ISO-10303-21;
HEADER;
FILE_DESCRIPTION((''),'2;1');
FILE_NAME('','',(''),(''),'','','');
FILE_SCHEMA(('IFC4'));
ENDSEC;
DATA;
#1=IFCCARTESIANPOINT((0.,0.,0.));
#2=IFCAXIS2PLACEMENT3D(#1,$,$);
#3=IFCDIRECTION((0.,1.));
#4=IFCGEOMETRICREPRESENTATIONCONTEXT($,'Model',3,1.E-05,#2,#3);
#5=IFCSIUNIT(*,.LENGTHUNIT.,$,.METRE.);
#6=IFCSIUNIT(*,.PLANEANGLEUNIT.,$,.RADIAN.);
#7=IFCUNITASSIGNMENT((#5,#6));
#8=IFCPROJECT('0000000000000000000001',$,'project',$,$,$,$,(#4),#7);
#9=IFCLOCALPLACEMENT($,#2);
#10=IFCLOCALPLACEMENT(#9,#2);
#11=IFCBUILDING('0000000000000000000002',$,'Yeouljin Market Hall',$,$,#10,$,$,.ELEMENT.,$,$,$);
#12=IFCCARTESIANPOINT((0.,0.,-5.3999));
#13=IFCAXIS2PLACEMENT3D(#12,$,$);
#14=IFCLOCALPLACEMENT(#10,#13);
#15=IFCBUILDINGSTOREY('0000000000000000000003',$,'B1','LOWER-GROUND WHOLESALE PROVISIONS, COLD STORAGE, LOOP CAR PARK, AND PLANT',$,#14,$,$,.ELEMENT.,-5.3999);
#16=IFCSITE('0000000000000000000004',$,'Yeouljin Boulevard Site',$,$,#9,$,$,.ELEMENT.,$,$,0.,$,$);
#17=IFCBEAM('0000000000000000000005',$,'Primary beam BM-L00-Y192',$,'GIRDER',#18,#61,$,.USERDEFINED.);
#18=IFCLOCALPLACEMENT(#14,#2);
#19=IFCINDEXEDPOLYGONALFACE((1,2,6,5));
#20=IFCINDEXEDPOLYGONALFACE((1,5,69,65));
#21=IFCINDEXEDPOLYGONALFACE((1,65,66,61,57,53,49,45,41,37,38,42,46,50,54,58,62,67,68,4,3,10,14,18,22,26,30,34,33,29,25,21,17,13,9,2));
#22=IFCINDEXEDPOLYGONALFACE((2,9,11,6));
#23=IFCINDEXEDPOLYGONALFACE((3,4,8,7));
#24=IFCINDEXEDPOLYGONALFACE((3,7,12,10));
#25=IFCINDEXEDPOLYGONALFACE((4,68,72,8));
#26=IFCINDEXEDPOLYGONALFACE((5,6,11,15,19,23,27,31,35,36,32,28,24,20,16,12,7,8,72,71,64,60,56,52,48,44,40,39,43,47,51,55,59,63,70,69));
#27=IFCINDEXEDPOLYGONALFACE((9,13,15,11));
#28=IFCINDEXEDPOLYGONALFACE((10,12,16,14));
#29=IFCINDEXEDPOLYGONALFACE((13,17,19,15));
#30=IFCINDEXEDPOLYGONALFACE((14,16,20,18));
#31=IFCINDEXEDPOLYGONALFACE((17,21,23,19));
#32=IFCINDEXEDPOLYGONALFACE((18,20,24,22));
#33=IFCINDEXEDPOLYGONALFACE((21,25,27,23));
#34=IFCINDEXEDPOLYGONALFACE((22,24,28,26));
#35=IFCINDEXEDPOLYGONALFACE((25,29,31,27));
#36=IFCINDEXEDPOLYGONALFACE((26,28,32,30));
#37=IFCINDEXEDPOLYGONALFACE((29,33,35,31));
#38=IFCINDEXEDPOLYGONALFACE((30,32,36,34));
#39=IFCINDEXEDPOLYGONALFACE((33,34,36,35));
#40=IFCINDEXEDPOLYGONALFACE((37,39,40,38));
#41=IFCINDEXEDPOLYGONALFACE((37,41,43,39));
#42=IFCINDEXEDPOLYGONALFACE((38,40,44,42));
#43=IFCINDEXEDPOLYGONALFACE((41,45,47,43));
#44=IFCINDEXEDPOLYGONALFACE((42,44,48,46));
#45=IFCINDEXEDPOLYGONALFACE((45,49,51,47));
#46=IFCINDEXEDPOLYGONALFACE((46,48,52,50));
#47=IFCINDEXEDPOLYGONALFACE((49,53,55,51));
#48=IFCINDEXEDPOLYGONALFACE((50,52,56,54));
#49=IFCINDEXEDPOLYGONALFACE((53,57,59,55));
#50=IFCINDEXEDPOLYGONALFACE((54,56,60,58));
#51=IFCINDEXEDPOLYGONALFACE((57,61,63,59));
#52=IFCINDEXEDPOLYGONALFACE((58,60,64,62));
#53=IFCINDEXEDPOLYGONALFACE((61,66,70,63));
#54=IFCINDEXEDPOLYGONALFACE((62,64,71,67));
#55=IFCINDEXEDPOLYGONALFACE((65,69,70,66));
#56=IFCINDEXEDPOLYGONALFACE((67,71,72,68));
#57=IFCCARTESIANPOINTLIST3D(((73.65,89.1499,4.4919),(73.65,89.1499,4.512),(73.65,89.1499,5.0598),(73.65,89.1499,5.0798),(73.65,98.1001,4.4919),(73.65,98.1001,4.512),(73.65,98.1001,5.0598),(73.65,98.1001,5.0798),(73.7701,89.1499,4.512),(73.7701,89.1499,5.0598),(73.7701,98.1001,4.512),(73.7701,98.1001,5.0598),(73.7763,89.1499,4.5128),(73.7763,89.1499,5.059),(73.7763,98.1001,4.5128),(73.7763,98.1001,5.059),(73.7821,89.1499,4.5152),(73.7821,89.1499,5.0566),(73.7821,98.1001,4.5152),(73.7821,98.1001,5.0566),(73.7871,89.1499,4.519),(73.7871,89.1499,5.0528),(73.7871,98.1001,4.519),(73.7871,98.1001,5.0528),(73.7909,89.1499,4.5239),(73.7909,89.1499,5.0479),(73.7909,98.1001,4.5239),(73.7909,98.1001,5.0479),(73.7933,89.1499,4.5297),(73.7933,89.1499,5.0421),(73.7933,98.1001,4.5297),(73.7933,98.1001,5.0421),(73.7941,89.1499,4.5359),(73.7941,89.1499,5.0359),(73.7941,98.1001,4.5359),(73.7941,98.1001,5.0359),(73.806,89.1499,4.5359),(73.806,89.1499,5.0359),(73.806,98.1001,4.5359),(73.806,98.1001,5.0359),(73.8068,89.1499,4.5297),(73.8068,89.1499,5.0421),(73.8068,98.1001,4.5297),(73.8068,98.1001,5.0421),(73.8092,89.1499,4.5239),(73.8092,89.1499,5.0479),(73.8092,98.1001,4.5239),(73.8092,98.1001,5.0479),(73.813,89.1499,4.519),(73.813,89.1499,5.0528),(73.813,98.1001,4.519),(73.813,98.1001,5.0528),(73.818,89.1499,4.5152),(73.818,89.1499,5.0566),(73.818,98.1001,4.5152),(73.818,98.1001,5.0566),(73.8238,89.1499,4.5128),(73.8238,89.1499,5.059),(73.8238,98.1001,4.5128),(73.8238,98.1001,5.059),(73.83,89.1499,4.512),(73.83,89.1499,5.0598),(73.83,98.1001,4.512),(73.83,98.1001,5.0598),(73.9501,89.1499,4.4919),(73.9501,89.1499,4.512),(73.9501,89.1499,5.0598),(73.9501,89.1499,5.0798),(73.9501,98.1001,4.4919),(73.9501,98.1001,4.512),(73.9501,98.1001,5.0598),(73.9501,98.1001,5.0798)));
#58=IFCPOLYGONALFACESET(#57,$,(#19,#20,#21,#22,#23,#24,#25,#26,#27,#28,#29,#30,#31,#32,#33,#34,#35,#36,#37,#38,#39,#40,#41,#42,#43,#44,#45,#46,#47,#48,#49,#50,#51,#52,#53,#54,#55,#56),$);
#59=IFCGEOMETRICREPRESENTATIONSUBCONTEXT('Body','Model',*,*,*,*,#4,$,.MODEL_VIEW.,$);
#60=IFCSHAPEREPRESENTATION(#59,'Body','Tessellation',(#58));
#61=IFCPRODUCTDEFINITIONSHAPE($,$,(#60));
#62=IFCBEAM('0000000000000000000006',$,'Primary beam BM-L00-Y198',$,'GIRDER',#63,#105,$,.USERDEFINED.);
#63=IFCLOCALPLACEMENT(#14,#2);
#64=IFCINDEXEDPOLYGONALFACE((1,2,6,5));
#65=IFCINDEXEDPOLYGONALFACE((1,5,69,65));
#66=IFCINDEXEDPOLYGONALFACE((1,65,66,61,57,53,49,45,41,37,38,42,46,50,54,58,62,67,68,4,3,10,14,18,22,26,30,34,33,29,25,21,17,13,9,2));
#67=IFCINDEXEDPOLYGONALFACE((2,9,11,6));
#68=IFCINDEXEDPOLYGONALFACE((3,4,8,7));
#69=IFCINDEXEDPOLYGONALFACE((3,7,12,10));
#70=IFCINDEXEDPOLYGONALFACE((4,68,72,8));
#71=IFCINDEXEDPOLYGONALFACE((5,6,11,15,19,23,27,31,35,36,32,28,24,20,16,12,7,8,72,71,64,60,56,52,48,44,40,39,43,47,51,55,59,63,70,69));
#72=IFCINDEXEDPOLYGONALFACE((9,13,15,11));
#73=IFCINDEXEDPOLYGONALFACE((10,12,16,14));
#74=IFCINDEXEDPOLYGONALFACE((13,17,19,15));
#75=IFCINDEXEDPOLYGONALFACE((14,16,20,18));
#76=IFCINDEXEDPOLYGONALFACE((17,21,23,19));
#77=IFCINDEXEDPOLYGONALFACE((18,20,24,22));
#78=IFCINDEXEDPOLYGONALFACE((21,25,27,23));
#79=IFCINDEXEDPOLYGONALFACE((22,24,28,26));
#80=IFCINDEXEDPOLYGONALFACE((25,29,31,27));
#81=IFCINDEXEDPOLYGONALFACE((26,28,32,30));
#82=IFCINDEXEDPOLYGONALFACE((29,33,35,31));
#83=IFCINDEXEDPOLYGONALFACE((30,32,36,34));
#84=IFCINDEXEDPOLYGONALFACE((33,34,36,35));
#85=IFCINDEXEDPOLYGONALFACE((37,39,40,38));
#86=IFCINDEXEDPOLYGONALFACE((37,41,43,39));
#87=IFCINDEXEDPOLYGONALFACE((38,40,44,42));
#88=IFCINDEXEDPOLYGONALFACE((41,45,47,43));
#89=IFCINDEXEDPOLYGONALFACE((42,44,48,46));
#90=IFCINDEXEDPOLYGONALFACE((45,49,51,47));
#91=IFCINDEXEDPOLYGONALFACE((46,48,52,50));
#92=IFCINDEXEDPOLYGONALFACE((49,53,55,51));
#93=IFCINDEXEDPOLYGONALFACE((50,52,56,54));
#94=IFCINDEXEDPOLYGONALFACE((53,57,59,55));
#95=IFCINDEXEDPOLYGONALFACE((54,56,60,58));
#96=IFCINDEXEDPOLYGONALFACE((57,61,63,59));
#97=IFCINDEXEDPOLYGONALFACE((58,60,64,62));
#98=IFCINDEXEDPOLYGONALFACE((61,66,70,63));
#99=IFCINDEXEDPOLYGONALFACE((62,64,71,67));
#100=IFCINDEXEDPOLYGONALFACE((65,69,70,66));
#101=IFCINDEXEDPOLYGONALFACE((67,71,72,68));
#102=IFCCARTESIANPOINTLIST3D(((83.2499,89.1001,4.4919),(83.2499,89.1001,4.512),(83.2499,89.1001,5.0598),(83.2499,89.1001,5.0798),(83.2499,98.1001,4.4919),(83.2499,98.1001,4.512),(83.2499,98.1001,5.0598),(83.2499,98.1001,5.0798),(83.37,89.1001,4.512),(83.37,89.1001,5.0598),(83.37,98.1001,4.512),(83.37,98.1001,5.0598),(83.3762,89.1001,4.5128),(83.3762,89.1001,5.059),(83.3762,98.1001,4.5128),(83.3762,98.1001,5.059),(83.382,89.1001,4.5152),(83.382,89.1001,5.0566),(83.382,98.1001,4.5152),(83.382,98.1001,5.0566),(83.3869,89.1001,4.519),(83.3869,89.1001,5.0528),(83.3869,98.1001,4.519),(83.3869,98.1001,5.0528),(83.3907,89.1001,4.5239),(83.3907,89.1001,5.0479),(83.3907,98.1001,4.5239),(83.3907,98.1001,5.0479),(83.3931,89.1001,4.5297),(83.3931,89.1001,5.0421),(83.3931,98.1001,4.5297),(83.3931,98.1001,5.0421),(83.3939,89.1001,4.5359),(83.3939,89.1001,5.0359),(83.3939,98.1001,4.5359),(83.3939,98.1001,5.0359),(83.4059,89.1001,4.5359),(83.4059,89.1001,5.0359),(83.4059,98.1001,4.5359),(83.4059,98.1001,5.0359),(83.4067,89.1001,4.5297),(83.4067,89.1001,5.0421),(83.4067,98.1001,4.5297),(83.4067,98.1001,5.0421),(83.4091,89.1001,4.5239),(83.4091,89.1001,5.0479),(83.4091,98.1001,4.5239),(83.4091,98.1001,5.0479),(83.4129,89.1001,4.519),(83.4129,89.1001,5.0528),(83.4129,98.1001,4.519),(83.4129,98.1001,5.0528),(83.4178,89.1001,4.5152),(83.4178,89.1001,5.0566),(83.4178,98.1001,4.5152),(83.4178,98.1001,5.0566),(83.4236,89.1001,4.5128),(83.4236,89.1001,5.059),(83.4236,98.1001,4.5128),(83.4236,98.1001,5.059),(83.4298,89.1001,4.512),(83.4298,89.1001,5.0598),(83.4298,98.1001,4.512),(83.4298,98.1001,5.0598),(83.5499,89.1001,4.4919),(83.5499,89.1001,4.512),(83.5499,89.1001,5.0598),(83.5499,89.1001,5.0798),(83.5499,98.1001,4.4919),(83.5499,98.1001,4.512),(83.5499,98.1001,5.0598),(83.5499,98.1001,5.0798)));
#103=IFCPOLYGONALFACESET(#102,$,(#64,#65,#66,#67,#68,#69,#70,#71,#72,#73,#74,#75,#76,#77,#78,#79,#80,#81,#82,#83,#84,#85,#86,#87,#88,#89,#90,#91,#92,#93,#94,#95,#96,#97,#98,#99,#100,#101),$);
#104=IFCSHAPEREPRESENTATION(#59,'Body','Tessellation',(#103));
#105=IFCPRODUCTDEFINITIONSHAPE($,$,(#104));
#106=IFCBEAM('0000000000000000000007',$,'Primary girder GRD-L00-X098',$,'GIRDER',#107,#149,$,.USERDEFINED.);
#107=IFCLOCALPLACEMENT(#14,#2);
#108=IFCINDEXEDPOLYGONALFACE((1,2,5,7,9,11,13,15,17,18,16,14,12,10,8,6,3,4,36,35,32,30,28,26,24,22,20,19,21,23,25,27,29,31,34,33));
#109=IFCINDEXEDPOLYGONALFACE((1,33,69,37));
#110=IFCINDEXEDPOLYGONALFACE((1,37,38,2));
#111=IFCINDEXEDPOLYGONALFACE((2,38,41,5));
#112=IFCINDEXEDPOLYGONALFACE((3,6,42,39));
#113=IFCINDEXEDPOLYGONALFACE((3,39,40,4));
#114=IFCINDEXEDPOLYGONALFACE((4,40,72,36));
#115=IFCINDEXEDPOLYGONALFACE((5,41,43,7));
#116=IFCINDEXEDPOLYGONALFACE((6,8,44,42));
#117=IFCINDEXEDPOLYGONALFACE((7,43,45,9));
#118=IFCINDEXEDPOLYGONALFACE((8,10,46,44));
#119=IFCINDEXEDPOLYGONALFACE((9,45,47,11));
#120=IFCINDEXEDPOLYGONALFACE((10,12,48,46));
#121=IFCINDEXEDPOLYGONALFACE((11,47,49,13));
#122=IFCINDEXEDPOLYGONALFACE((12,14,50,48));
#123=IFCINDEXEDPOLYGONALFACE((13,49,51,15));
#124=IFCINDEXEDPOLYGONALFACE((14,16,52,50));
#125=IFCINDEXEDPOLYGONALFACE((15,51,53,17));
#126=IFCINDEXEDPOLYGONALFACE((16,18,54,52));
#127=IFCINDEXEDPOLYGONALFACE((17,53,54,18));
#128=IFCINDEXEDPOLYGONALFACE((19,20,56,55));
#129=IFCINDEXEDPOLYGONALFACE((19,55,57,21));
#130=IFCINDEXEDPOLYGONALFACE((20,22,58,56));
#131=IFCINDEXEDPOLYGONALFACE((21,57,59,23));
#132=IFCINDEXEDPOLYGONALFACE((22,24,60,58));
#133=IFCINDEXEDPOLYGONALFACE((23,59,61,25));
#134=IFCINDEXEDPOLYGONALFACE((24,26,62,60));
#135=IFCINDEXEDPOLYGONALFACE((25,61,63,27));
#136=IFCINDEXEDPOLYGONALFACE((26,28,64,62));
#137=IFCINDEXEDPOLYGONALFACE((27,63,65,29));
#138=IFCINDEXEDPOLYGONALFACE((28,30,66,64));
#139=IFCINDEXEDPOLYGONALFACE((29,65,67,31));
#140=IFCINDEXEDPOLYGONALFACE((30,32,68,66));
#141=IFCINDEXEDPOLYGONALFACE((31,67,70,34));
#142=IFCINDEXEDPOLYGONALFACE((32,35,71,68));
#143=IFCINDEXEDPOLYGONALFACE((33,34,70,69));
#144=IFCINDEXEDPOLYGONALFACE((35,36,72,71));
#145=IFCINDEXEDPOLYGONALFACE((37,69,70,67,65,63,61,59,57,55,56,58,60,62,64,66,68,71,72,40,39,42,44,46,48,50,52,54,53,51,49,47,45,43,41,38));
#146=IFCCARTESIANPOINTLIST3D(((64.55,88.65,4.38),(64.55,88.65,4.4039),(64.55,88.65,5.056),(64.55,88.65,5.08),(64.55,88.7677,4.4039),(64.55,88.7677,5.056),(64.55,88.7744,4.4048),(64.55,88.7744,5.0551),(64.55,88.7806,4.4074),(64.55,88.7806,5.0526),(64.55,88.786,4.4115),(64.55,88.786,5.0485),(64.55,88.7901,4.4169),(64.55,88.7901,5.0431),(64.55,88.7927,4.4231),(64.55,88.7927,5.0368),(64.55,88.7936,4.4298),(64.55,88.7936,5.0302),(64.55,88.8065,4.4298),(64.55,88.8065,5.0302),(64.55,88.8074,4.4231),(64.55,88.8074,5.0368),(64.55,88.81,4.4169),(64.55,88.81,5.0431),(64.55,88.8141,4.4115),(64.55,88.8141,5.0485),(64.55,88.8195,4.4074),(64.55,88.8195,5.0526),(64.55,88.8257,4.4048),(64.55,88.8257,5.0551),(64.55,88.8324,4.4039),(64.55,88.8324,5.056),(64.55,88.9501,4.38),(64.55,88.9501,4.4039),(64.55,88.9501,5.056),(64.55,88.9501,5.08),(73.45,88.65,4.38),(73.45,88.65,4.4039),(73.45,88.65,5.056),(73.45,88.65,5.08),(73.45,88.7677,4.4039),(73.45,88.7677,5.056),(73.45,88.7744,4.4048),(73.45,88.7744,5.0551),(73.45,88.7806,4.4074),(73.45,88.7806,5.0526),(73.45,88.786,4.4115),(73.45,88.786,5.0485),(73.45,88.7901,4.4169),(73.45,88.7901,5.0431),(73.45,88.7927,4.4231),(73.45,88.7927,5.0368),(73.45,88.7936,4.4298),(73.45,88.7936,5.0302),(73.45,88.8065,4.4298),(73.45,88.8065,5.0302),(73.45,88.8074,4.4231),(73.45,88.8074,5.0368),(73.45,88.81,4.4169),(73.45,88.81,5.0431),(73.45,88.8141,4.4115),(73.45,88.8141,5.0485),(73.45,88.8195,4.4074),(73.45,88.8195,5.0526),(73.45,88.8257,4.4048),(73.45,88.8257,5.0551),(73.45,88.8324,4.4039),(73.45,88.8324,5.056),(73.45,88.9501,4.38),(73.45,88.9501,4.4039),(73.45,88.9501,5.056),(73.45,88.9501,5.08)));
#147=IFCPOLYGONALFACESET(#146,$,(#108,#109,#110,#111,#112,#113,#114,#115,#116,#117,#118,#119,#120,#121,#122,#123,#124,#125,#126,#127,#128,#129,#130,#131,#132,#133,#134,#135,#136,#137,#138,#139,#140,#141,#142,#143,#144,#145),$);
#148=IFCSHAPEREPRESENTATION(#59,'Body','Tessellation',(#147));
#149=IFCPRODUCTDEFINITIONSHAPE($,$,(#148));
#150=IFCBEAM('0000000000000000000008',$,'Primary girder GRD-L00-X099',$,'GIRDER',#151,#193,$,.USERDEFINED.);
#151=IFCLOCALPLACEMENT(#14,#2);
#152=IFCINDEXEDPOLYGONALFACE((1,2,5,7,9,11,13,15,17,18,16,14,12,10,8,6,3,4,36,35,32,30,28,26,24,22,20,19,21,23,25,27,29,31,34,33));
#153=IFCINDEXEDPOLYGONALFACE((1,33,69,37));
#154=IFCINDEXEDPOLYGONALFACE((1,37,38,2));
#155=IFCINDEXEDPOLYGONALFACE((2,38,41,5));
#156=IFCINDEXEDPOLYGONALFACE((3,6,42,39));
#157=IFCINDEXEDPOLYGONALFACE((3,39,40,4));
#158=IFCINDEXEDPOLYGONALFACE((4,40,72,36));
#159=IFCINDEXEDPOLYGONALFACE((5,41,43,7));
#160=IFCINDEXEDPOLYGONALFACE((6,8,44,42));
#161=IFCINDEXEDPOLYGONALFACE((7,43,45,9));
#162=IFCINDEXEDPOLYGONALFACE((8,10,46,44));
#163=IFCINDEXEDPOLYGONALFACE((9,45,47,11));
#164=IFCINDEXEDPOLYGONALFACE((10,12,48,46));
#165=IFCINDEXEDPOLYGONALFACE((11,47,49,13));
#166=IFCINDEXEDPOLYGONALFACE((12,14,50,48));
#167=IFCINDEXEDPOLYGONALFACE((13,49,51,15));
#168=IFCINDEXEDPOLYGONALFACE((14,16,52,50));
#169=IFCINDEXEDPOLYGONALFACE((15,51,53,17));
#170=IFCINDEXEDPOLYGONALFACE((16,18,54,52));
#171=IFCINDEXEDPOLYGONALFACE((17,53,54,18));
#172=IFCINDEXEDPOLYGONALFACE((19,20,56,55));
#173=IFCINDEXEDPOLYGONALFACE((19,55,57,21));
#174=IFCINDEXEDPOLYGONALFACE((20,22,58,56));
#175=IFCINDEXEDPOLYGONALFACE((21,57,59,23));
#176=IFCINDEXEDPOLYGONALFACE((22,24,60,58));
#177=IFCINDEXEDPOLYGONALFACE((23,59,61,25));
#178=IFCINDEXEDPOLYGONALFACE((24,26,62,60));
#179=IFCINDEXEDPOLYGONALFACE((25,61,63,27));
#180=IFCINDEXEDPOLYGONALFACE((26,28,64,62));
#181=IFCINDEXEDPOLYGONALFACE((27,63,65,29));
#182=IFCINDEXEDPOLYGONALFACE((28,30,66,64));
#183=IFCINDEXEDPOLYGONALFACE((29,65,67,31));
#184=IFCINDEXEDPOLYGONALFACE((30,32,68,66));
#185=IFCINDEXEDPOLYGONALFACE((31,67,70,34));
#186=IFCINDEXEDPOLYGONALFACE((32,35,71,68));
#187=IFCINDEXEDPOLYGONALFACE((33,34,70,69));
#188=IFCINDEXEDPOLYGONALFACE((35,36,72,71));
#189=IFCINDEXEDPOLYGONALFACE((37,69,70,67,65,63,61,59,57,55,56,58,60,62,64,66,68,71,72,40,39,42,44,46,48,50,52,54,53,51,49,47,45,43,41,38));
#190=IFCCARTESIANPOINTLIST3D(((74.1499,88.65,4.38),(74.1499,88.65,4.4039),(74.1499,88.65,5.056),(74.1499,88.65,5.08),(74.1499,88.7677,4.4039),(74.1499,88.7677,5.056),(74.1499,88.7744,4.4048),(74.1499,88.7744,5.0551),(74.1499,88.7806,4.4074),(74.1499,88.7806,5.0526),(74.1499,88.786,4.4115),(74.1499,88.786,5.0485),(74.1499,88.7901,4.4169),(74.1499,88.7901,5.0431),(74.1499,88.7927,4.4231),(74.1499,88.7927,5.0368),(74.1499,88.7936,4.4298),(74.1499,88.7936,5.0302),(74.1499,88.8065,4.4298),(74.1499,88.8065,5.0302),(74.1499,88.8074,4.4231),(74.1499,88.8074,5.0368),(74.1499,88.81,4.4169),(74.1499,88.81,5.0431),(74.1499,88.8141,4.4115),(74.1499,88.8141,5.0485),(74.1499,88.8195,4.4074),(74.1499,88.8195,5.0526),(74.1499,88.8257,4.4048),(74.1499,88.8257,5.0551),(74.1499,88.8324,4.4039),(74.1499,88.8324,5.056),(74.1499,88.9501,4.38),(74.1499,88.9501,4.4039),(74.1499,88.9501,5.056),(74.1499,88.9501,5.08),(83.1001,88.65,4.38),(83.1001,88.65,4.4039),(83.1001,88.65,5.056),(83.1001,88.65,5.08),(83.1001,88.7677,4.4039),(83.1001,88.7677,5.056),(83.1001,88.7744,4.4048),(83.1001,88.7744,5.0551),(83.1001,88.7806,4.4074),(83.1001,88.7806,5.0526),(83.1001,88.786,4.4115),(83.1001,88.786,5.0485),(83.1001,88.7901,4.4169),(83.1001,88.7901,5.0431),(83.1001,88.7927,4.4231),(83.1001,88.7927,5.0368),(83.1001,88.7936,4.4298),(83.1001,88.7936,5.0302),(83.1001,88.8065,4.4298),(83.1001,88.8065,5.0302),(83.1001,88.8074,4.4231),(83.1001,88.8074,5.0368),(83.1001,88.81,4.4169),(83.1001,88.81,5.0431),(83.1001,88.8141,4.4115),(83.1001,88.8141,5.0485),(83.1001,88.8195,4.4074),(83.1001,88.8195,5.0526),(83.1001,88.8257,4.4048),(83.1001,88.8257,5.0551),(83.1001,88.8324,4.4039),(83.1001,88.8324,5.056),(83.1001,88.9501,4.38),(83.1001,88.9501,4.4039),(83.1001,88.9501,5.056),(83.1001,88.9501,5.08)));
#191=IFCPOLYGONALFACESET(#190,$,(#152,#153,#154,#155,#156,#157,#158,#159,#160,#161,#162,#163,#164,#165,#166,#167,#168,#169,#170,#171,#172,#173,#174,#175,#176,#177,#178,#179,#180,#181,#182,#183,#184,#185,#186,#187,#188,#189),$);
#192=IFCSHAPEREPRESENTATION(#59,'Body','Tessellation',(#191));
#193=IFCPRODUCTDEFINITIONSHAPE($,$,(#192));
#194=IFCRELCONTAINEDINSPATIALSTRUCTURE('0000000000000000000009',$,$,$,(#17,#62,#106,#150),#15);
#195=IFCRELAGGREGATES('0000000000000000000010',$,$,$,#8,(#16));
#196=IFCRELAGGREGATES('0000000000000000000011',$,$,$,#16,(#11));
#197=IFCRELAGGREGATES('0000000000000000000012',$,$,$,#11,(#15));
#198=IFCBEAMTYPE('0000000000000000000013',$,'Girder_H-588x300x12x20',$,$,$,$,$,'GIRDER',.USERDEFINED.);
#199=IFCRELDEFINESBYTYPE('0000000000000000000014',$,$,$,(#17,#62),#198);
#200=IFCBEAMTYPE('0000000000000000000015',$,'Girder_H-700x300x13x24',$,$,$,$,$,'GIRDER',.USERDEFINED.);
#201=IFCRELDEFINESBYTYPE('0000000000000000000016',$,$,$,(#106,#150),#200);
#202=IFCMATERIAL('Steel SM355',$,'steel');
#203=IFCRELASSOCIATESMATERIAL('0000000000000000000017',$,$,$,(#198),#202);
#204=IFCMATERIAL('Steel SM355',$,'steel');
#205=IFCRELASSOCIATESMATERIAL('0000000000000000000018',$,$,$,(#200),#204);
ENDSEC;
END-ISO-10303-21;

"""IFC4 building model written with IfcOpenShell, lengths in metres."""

from ifc_helpers import new_model, si_unit, direction, frame, origin, origin_2d, place, context, subcontext, project, spatial, i_section, extrude, material, material_profile, profile_set, type_object, element, save


model = new_model("IFC4")

# Units and contexts
model_context = context("Model", 3, precision=1e-05, world=origin(), true_north=direction((0.0, 1.0)))
body_context = subcontext(model_context, "Body", "Model", "MODEL_VIEW")
ifc_project = project(units=[si_unit("LENGTHUNIT", "METRE"), si_unit("PLANEANGLEUNIT", "RADIAN")], contexts=[model_context])

# Site, building, storey
site_placement = place(None, origin())
site = spatial("IfcSite", under=ifc_project, at=site_placement, Name="Yeouljin Boulevard Site", CompositionType="ELEMENT", RefElevation=0.0)
building_placement = place(site_placement, origin())
building = spatial("IfcBuilding", under=site, at=building_placement, Name="Yeouljin Market Hall", CompositionType="ELEMENT")
storey_placement = place(building_placement, frame((0.0, 0.0, -5.3999)))
storey = spatial("IfcBuildingStorey", under=building, at=storey_placement, Name="B1", Description="LOWER-GROUND WHOLESALE PROVISIONS, COLD STORAGE, LOOP CAR PARK, AND PLANT", CompositionType="ELEMENT", Elevation=-5.3999)

# Beams
ifc_material_1 = material(Name="Steel SM355", Category="steel")
ifc_material_profile_1 = material_profile(ifc_material_1, i_section(OverallWidth=0.3, OverallDepth=0.5879, WebThickness=0.012, FlangeThickness=0.02, FilletRadius=0.0239, at=origin_2d()), Name="H-588x300x12x20")
ifc_profile_set_1 = profile_set([ifc_material_profile_1], Name="Steel SM355")
beam_type_1 = type_object("IfcBeamType", Name="Girder_H-588x300x12x20", ElementType="GIRDER", PredefinedType="USERDEFINED", material=ifc_profile_set_1)
beam_1_placement = place(storey_placement, frame((73.8, 89.1499, 4.7859), z_axis=(0.0, 1.0, 0.0), x_axis=(-1.0, 0.0, 0.0)))
element("IfcBeam", 1, at=beam_1_placement, inside=storey, type_object=beam_type_1, Name="Primary beam BM-L00-Y192", ObjectType="GIRDER", PredefinedType="USERDEFINED", context=body_context, shape_type="SweptSolid", body=[
    extrude(i_section(OverallWidth=0.3, OverallDepth=0.5879, WebThickness=0.012, FlangeThickness=0.02, FilletRadius=0.0239, at=origin_2d()), origin(), (0.0, 0.0, 1.0), 8.9502),
])
beam_2_placement = place(storey_placement, frame((83.3999, 89.1001, 4.7859), z_axis=(0.0, 1.0, 0.0), x_axis=(-1.0, 0.0, 0.0)))
element("IfcBeam", 2, at=beam_2_placement, inside=storey, type_object=beam_type_1, Name="Primary beam BM-L00-Y198", ObjectType="GIRDER", PredefinedType="USERDEFINED", context=body_context, shape_type="SweptSolid", body=[
    extrude(i_section(OverallWidth=0.3, OverallDepth=0.5879, WebThickness=0.012, FlangeThickness=0.02, FilletRadius=0.0239, at=origin_2d()), origin(), (0.0, 0.0, 1.0), 9.0),
])
ifc_material_2 = material(Name="Steel SM355", Category="steel")
ifc_material_profile_2 = material_profile(ifc_material_2, i_section(OverallWidth=0.3, OverallDepth=0.7, WebThickness=0.0129, FlangeThickness=0.0239, FilletRadius=0.0259, at=origin_2d()), Name="H-700x300x13x24")
ifc_profile_set_2 = profile_set([ifc_material_profile_2], Name="Steel SM355")
beam_type_2 = type_object("IfcBeamType", Name="Girder_H-700x300x13x24", ElementType="GIRDER", PredefinedType="USERDEFINED", material=ifc_profile_set_2)
beam_3_placement = place(storey_placement, frame((64.55, 88.8, 4.73), z_axis=(1.0, 0.0, 0.0), x_axis=(0.0, 1.0, 0.0)))
element("IfcBeam", 3, at=beam_3_placement, inside=storey, type_object=beam_type_2, Name="Primary girder GRD-L00-X098", ObjectType="GIRDER", PredefinedType="USERDEFINED", context=body_context, shape_type="SweptSolid", body=[
    extrude(i_section(OverallWidth=0.3, OverallDepth=0.7, WebThickness=0.0129, FlangeThickness=0.0239, FilletRadius=0.0259, at=origin_2d()), origin(), (0.0, 0.0, 1.0), 8.8999),
])
beam_4_placement = place(storey_placement, frame((74.1499, 88.8, 4.73), z_axis=(1.0, 0.0, 0.0), x_axis=(0.0, 1.0, 0.0)))
element("IfcBeam", 4, at=beam_4_placement, inside=storey, type_object=beam_type_2, Name="Primary girder GRD-L00-X099", ObjectType="GIRDER", PredefinedType="USERDEFINED", context=body_context, shape_type="SweptSolid", body=[
    extrude(i_section(OverallWidth=0.3, OverallDepth=0.7, WebThickness=0.0129, FlangeThickness=0.0239, FilletRadius=0.0259, at=origin_2d()), origin(), (0.0, 0.0, 1.0), 8.9502),
])

save(model, "model.ifc")
